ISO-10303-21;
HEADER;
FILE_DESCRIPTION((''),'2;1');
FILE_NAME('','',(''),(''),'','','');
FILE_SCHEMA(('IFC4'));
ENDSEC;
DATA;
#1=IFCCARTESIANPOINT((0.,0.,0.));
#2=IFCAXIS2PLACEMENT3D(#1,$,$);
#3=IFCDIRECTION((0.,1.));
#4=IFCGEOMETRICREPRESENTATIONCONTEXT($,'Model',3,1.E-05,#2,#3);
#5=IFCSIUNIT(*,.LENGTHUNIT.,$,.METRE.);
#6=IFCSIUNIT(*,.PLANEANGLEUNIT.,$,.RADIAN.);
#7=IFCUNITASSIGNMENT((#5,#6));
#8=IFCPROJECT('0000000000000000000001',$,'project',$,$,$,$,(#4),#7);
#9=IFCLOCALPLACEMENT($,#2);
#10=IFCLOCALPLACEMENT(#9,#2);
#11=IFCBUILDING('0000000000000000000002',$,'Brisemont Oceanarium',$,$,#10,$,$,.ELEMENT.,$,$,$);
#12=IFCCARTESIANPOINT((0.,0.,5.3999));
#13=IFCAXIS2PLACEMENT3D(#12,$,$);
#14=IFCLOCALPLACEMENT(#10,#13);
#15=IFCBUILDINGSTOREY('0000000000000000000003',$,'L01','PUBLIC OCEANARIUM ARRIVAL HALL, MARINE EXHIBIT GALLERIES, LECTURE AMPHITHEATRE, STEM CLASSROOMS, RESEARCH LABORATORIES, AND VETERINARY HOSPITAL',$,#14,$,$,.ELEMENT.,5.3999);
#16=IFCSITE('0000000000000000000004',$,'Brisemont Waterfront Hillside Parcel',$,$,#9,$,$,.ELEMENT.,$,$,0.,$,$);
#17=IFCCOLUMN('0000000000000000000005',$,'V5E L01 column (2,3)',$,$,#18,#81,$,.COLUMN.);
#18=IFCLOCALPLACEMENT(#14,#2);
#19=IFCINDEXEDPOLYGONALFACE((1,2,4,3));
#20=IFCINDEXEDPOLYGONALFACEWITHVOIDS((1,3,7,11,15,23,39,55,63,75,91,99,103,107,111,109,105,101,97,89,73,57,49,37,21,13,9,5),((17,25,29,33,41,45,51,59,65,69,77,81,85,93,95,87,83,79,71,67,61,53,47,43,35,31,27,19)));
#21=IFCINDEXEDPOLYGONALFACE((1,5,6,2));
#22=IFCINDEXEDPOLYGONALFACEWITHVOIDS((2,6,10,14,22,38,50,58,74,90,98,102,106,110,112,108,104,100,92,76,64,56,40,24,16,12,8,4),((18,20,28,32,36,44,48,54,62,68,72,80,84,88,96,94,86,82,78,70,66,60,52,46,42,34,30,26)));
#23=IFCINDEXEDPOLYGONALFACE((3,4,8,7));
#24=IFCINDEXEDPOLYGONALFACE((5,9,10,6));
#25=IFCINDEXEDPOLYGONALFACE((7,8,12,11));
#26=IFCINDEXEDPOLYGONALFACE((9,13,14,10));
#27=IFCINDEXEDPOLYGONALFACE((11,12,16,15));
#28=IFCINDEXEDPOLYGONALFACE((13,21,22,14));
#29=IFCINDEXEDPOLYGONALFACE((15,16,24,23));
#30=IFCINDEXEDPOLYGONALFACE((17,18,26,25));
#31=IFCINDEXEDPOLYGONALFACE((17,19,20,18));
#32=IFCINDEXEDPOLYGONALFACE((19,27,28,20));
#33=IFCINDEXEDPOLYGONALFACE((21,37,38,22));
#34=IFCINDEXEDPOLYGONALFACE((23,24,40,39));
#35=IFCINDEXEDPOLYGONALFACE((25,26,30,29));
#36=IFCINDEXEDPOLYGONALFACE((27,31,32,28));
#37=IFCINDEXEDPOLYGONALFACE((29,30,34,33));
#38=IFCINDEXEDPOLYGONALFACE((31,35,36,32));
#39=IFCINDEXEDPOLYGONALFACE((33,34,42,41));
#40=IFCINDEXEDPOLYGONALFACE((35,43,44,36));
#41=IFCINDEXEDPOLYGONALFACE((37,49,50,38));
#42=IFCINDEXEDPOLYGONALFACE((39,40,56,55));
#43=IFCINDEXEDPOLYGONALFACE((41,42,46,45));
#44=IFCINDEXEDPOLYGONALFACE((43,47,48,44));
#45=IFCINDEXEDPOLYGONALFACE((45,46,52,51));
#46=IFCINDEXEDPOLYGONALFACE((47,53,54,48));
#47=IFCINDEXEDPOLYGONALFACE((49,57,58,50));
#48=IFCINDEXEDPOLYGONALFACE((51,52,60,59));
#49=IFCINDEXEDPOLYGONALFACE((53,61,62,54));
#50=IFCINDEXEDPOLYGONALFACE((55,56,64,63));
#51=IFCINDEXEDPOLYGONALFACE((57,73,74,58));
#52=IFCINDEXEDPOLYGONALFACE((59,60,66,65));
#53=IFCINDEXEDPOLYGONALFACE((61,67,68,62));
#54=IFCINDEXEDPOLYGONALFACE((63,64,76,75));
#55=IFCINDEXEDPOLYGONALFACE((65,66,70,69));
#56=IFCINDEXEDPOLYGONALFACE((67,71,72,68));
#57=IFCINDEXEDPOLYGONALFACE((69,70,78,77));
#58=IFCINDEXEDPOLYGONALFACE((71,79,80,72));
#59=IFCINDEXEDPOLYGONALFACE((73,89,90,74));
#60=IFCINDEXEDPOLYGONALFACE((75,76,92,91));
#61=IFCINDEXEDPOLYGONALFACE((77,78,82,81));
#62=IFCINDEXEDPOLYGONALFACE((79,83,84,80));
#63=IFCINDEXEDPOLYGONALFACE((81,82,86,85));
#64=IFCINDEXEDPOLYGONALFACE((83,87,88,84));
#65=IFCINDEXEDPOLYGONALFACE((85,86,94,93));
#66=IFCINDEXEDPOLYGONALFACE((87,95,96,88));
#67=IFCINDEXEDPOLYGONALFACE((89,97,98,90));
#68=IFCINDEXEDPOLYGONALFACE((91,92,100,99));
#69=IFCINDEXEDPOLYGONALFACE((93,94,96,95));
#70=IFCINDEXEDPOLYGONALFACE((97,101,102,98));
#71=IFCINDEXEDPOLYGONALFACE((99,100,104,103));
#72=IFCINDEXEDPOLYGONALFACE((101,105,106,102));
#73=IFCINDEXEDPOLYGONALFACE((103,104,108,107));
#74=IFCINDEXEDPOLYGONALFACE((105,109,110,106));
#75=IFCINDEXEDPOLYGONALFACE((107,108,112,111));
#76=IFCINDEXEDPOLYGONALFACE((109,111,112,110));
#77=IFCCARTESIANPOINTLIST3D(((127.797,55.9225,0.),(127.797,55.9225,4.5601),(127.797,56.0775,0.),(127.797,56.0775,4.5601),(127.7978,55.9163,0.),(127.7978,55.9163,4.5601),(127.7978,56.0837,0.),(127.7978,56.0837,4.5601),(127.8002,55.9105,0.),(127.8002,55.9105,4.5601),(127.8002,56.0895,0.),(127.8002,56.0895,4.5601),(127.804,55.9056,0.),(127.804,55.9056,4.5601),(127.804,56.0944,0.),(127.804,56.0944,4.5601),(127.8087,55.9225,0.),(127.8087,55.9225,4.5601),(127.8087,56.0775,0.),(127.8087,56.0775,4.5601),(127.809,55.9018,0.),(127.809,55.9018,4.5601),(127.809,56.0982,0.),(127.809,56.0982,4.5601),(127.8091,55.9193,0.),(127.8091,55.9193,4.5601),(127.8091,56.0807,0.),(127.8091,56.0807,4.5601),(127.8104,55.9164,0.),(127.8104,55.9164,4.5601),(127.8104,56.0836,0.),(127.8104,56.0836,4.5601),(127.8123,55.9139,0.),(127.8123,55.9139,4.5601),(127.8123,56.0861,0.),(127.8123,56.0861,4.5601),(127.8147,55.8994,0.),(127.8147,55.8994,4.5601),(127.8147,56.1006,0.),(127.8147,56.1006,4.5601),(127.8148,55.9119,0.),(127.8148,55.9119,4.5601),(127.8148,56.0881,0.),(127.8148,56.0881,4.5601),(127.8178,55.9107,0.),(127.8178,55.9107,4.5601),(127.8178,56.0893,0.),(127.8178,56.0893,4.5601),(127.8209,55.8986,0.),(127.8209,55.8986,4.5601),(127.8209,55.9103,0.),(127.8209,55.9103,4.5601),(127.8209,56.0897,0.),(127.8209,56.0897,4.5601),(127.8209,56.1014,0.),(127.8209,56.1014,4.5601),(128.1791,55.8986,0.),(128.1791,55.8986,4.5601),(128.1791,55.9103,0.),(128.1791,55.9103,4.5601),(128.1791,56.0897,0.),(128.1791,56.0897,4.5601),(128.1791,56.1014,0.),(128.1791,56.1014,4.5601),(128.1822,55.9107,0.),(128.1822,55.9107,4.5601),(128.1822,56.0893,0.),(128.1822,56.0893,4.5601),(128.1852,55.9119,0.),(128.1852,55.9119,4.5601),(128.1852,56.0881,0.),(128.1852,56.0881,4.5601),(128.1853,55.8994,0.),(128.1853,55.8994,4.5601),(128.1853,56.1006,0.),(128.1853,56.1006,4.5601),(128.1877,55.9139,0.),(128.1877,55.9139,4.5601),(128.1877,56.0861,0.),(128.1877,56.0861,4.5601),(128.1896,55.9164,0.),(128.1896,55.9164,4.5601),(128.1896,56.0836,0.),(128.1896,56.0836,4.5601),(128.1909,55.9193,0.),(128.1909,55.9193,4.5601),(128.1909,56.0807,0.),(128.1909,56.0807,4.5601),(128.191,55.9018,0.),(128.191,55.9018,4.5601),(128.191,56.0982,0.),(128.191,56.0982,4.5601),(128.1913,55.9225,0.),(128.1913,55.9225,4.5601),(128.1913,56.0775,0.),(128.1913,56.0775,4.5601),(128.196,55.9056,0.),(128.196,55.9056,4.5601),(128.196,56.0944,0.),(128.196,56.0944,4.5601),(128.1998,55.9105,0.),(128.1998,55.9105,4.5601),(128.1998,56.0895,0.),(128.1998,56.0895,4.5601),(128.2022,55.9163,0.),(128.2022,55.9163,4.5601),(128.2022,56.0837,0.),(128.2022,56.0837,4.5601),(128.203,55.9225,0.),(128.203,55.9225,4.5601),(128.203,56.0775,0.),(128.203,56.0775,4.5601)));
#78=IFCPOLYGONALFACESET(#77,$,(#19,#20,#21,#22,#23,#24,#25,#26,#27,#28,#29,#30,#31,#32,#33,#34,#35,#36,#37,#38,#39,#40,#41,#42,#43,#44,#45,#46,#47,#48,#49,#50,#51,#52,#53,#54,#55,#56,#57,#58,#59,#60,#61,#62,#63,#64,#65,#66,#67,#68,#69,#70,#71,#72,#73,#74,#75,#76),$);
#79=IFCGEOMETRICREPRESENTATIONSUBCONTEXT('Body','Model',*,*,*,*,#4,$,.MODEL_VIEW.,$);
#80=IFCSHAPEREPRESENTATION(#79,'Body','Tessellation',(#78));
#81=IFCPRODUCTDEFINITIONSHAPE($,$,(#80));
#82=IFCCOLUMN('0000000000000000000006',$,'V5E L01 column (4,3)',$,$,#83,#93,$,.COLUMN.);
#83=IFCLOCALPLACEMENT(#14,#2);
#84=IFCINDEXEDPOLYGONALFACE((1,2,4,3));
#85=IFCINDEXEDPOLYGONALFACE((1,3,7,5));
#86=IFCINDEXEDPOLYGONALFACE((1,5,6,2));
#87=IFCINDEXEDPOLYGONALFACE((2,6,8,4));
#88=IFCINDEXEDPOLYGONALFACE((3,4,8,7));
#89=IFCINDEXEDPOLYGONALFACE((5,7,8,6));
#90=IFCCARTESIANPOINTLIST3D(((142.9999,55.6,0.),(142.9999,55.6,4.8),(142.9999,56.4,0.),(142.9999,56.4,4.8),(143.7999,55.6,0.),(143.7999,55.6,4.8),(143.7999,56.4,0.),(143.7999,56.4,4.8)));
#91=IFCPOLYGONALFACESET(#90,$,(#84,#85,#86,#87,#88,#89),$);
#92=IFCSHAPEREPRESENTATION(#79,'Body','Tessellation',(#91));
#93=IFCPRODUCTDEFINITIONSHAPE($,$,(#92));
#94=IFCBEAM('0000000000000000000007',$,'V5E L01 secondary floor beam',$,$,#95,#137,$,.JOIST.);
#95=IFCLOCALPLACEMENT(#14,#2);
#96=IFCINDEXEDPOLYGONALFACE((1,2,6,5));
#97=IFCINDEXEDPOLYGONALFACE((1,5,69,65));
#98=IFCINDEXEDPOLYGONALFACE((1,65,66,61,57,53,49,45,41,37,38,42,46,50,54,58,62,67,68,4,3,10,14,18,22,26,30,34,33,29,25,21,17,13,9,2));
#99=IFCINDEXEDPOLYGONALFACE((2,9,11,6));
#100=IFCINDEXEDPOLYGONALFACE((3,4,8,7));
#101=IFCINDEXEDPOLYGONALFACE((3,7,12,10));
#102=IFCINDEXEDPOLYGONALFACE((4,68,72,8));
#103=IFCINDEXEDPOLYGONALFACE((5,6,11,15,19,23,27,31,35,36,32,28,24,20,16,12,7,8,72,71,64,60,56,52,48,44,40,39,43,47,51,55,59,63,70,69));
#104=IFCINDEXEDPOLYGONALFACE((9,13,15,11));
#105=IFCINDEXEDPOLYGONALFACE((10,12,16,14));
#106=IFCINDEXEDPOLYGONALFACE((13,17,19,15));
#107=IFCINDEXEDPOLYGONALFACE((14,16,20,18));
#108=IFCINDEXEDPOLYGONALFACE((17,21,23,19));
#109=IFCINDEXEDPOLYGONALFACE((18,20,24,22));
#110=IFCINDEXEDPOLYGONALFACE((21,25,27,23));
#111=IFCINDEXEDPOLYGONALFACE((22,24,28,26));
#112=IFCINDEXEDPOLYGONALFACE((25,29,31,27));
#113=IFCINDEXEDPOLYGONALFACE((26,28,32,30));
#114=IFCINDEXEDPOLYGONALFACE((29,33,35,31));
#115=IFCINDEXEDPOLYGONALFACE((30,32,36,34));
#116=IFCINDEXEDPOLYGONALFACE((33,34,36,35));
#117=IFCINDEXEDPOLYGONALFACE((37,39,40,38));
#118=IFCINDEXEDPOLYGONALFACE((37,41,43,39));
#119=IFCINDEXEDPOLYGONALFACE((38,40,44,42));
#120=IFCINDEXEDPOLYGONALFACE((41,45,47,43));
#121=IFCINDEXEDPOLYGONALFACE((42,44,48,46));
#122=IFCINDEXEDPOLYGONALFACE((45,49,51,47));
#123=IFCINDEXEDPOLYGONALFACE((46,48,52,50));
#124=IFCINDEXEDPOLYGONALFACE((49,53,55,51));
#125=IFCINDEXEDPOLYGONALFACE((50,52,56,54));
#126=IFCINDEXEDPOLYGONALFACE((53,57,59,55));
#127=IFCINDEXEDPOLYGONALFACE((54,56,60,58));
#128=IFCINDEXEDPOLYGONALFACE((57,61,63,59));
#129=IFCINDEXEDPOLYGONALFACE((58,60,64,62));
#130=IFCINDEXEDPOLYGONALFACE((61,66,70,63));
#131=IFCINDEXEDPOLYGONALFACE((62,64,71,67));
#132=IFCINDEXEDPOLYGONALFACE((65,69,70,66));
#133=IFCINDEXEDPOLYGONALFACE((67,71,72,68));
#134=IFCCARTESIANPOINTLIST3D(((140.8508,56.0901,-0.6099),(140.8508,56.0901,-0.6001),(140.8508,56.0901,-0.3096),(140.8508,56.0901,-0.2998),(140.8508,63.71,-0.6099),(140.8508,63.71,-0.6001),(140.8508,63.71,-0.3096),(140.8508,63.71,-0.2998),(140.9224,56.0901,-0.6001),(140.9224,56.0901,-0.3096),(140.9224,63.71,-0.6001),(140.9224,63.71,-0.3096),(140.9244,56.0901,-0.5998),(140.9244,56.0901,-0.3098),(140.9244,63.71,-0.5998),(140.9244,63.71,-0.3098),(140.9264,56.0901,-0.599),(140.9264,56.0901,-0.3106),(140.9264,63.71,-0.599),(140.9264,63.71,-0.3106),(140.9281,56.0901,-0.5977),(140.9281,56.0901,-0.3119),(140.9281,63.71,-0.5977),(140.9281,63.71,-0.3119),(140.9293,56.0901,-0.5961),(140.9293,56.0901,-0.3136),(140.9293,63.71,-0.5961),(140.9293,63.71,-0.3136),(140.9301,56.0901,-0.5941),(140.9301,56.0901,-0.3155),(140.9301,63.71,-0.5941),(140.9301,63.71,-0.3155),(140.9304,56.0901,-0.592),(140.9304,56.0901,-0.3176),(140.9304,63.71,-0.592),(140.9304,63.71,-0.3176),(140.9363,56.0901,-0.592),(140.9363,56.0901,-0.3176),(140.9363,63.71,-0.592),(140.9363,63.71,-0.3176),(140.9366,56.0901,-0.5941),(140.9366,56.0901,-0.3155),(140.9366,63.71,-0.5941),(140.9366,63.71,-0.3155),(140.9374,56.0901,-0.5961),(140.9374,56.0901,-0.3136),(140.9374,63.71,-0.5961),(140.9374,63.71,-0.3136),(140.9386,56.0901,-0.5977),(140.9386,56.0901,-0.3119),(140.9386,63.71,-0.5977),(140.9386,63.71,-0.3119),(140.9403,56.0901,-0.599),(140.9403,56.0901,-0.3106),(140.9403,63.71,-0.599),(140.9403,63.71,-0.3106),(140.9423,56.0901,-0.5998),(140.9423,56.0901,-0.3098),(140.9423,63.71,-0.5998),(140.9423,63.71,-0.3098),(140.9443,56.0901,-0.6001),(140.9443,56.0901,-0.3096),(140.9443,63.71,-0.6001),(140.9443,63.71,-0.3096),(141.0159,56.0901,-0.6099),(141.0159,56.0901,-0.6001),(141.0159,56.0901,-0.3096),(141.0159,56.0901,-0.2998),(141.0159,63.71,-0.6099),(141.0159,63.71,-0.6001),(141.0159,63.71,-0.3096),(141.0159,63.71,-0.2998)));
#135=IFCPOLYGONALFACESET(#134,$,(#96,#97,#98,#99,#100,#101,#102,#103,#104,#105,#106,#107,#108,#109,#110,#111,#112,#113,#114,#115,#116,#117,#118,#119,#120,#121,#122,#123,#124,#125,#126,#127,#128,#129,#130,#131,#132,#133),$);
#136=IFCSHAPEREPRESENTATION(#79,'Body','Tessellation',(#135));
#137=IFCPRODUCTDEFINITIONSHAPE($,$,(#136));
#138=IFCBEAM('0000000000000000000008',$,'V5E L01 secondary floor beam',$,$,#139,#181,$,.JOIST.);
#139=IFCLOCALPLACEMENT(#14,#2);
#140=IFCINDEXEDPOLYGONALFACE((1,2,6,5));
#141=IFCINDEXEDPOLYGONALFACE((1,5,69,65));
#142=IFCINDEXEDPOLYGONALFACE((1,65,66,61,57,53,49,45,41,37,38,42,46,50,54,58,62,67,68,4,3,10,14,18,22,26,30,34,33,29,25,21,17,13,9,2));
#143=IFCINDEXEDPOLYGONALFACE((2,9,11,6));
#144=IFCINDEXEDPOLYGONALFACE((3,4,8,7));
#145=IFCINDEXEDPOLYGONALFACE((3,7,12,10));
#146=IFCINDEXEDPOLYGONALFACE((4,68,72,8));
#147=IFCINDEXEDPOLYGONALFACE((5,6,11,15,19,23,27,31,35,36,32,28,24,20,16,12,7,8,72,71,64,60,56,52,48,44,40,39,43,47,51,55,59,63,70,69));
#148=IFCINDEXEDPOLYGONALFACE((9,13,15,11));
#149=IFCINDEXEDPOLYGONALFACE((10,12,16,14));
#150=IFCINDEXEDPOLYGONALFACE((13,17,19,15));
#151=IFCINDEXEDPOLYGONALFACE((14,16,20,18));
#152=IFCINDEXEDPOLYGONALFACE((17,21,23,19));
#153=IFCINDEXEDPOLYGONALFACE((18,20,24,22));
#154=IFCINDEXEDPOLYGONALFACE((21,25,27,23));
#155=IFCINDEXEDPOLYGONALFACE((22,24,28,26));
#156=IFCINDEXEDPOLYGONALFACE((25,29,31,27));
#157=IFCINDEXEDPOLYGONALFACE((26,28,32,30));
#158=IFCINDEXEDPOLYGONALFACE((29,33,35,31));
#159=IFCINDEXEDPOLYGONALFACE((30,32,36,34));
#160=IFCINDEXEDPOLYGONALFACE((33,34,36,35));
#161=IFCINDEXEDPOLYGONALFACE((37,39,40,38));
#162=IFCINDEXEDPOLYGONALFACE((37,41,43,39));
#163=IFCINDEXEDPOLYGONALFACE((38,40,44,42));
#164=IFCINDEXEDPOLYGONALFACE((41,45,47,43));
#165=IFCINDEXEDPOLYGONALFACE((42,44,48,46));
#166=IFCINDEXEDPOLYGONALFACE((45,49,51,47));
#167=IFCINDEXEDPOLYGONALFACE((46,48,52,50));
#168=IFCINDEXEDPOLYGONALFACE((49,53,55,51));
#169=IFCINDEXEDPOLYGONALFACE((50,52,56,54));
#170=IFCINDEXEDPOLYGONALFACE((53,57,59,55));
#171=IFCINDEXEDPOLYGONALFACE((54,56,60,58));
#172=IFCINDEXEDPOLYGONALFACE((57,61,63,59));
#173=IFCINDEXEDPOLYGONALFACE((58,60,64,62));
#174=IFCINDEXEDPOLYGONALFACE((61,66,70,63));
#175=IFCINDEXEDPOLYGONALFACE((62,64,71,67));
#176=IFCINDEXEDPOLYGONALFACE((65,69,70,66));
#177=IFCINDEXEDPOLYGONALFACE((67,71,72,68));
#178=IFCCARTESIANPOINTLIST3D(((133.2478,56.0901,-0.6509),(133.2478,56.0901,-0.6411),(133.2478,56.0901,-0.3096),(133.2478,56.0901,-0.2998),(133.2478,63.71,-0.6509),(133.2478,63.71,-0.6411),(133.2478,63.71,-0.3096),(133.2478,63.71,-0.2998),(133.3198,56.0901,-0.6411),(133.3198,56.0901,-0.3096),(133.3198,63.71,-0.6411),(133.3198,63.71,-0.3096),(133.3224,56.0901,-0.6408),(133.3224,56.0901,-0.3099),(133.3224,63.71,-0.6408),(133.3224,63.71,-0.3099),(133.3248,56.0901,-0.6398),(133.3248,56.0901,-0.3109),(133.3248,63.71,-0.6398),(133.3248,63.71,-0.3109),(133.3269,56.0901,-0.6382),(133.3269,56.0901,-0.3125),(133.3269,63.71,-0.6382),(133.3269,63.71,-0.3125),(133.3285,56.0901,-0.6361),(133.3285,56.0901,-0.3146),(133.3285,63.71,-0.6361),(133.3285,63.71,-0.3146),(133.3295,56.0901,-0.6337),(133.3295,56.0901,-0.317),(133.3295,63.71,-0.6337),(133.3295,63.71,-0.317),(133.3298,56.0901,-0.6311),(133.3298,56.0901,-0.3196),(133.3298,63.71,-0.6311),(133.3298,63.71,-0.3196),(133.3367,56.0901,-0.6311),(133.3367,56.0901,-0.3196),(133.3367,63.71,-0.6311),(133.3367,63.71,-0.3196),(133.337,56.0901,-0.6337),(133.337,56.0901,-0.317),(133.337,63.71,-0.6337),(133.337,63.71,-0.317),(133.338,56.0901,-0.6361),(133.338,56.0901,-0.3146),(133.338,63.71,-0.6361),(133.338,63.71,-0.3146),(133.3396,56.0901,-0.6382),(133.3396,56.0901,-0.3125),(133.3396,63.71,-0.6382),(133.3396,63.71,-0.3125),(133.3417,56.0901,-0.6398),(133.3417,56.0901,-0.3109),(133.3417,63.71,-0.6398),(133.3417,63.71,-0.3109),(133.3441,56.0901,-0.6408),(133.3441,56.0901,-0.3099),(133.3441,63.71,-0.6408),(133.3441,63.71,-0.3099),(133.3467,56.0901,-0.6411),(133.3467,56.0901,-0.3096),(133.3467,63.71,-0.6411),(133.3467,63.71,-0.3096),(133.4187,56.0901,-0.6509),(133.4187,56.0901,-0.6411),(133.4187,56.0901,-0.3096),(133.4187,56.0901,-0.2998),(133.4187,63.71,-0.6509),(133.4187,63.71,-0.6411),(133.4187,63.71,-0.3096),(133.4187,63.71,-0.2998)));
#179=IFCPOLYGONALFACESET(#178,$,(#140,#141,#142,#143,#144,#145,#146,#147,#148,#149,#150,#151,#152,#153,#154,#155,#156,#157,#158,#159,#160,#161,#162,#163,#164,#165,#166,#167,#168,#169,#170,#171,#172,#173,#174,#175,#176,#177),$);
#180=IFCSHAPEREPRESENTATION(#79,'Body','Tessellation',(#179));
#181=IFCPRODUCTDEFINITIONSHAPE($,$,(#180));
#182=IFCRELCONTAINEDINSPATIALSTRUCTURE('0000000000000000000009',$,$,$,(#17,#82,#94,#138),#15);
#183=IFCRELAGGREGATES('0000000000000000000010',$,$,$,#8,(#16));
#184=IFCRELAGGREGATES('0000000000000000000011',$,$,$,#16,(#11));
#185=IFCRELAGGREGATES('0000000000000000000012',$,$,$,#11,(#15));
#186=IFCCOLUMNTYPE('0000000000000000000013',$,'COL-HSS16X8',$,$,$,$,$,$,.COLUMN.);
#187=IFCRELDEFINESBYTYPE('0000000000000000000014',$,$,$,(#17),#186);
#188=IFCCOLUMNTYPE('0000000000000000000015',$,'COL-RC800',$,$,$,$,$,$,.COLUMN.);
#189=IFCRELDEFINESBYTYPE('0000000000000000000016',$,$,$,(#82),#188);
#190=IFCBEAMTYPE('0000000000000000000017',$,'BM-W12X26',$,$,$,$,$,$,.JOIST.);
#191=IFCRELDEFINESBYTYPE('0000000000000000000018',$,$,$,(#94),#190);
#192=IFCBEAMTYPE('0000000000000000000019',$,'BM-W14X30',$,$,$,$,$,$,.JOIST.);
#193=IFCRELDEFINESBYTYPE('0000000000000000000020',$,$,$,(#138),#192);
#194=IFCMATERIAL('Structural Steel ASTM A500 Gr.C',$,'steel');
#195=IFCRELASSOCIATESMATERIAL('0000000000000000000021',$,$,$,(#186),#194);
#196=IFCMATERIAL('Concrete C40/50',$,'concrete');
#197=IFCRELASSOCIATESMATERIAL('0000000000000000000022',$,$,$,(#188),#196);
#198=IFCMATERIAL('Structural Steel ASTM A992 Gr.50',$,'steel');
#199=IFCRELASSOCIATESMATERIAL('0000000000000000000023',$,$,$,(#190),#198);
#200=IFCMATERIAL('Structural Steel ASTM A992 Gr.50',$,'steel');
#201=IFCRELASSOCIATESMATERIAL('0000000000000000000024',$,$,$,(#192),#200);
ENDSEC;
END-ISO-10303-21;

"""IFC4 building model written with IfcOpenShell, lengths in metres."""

from ifc_helpers import new_model, si_unit, direction, frame, origin, origin_2d, place, context, subcontext, project, spatial, rectangle, hollow_rectangle, i_section, extrude, material, material_profile, profile_set, type_object, element, save


model = new_model("IFC4")

# Units and contexts
model_context = context("Model", 3, precision=1e-05, world=origin(), true_north=direction((0.0, 1.0)))
body_context = subcontext(model_context, "Body", "Model", "MODEL_VIEW")
ifc_project = project(units=[si_unit("LENGTHUNIT", "METRE"), si_unit("PLANEANGLEUNIT", "RADIAN")], contexts=[model_context])

# Site, building, storey
site_placement = place(None, origin())
site = spatial("IfcSite", under=ifc_project, at=site_placement, Name="Brisemont Waterfront Hillside Parcel", CompositionType="ELEMENT", RefElevation=0.0)
building_placement = place(site_placement, origin())
building = spatial("IfcBuilding", under=site, at=building_placement, Name="Brisemont Oceanarium", CompositionType="ELEMENT")
storey_placement = place(building_placement, frame((0.0, 0.0, 5.3999)))
storey = spatial("IfcBuildingStorey", under=building, at=storey_placement, Name="L01", Description="PUBLIC OCEANARIUM ARRIVAL HALL, MARINE EXHIBIT GALLERIES, LECTURE AMPHITHEATRE, STEM CLASSROOMS, RESEARCH LABORATORIES, AND VETERINARY HOSPITAL", CompositionType="ELEMENT", Elevation=5.3999)

# Columns
ifc_material_1 = material(Name="Structural Steel ASTM A500 Gr.C", Category="steel")
ifc_material_profile_1 = material_profile(ifc_material_1, hollow_rectangle(XDim=0.2029, YDim=0.406, WallThickness=0.0117, InnerFilletRadius=0.0122, OuterFilletRadius=0.0239, at=origin_2d()), Name="HSS16X8X1/2")
ifc_profile_set_1 = profile_set([ifc_material_profile_1], Name="Structural Steel ASTM A500 Gr.C")
column_type_1 = type_object("IfcColumnType", Name="COL-HSS16X8", PredefinedType="COLUMN", material=ifc_profile_set_1)
column_1_placement = place(storey_placement, frame((128.0, 56.0, 0.0), z_axis=(0.0, 0.0, 1.0), x_axis=(0.0, 1.0, 0.0)))
element("IfcColumn", 1, at=column_1_placement, inside=storey, type_object=column_type_1, Name="V5E L01 column (2,3)", PredefinedType="COLUMN", context=body_context, shape_type="SweptSolid", body=[
    extrude(hollow_rectangle(XDim=0.2029, YDim=0.406, WallThickness=0.0117, InnerFilletRadius=0.0122, OuterFilletRadius=0.0239, at=origin_2d()), origin(), (0.0, 0.0, 1.0), 4.5601),
])
ifc_material_2 = material(Name="Concrete C40/50", Category="concrete")
ifc_material_profile_2 = material_profile(ifc_material_2, rectangle(XDim=0.8, YDim=0.8, at=origin_2d()), Name="RC-COL-800X800")
ifc_profile_set_2 = profile_set([ifc_material_profile_2], Name="Concrete C40/50")
column_type_2 = type_object("IfcColumnType", Name="COL-RC800", PredefinedType="COLUMN", material=ifc_profile_set_2)
column_2_placement = place(storey_placement, frame((143.3999, 56.0, 0.0), z_axis=(0.0, 0.0, 1.0), x_axis=(0.0, 1.0, 0.0)))
element("IfcColumn", 2, at=column_2_placement, inside=storey, type_object=column_type_2, Name="V5E L01 column (4,3)", PredefinedType="COLUMN", context=body_context, shape_type="SweptSolid", body=[
    extrude(rectangle(XDim=0.8, YDim=0.8, at=origin_2d()), origin(), (0.0, 0.0, 1.0), 4.8),
])

# Beams
ifc_material_3 = material(Name="Structural Steel ASTM A992 Gr.50", Category="steel")
ifc_material_profile_3 = material_profile(ifc_material_3, i_section(OverallWidth=0.165, OverallDepth=0.3101, WebThickness=0.0059, FlangeThickness=0.0098, FilletRadius=0.0081, at=origin_2d()), Name="W12X26")
ifc_profile_set_3 = profile_set([ifc_material_profile_3], Name="Structural Steel ASTM A992 Gr.50")
beam_type_1 = type_object("IfcBeamType", Name="BM-W12X26", PredefinedType="JOIST", material=ifc_profile_set_3)
beam_1_placement = place(storey_placement, frame((140.9333, 56.0901, -0.4548), z_axis=(0.0, 1.0, 0.0), x_axis=(-1.0, 0.0, 0.0)))
element("IfcBeam", 3, at=beam_1_placement, inside=storey, type_object=beam_type_1, Name="V5E L01 secondary floor beam", PredefinedType="JOIST", context=body_context, shape_type="SweptSolid", body=[
    extrude(i_section(OverallWidth=0.165, OverallDepth=0.3101, WebThickness=0.0059, FlangeThickness=0.0098, FilletRadius=0.0081, at=origin_2d()), origin(), (0.0, 0.0, 1.0), 7.6199),
])
ifc_material_4 = material(Name="Structural Steel ASTM A992 Gr.50", Category="steel")
ifc_material_profile_4 = material_profile(ifc_material_4, i_section(OverallWidth=0.1709, OverallDepth=0.3511, WebThickness=0.0068, FlangeThickness=0.0098, FilletRadius=0.01, at=origin_2d()), Name="W14X30")
ifc_profile_set_4 = profile_set([ifc_material_profile_4], Name="Structural Steel ASTM A992 Gr.50")
beam_type_2 = type_object("IfcBeamType", Name="BM-W14X30", PredefinedType="JOIST", material=ifc_profile_set_4)
beam_2_placement = place(storey_placement, frame((133.3333, 56.0901, -0.4753), z_axis=(0.0, 1.0, 0.0), x_axis=(-1.0, 0.0, 0.0)))
element("IfcBeam", 4, at=beam_2_placement, inside=storey, type_object=beam_type_2, Name="V5E L01 secondary floor beam", PredefinedType="JOIST", context=body_context, shape_type="SweptSolid", body=[
    extrude(i_section(OverallWidth=0.1709, OverallDepth=0.3511, WebThickness=0.0068, FlangeThickness=0.0098, FilletRadius=0.01, at=origin_2d()), origin(), (0.0, 0.0, 1.0), 7.6199),
])

save(model, "model.ifc")
